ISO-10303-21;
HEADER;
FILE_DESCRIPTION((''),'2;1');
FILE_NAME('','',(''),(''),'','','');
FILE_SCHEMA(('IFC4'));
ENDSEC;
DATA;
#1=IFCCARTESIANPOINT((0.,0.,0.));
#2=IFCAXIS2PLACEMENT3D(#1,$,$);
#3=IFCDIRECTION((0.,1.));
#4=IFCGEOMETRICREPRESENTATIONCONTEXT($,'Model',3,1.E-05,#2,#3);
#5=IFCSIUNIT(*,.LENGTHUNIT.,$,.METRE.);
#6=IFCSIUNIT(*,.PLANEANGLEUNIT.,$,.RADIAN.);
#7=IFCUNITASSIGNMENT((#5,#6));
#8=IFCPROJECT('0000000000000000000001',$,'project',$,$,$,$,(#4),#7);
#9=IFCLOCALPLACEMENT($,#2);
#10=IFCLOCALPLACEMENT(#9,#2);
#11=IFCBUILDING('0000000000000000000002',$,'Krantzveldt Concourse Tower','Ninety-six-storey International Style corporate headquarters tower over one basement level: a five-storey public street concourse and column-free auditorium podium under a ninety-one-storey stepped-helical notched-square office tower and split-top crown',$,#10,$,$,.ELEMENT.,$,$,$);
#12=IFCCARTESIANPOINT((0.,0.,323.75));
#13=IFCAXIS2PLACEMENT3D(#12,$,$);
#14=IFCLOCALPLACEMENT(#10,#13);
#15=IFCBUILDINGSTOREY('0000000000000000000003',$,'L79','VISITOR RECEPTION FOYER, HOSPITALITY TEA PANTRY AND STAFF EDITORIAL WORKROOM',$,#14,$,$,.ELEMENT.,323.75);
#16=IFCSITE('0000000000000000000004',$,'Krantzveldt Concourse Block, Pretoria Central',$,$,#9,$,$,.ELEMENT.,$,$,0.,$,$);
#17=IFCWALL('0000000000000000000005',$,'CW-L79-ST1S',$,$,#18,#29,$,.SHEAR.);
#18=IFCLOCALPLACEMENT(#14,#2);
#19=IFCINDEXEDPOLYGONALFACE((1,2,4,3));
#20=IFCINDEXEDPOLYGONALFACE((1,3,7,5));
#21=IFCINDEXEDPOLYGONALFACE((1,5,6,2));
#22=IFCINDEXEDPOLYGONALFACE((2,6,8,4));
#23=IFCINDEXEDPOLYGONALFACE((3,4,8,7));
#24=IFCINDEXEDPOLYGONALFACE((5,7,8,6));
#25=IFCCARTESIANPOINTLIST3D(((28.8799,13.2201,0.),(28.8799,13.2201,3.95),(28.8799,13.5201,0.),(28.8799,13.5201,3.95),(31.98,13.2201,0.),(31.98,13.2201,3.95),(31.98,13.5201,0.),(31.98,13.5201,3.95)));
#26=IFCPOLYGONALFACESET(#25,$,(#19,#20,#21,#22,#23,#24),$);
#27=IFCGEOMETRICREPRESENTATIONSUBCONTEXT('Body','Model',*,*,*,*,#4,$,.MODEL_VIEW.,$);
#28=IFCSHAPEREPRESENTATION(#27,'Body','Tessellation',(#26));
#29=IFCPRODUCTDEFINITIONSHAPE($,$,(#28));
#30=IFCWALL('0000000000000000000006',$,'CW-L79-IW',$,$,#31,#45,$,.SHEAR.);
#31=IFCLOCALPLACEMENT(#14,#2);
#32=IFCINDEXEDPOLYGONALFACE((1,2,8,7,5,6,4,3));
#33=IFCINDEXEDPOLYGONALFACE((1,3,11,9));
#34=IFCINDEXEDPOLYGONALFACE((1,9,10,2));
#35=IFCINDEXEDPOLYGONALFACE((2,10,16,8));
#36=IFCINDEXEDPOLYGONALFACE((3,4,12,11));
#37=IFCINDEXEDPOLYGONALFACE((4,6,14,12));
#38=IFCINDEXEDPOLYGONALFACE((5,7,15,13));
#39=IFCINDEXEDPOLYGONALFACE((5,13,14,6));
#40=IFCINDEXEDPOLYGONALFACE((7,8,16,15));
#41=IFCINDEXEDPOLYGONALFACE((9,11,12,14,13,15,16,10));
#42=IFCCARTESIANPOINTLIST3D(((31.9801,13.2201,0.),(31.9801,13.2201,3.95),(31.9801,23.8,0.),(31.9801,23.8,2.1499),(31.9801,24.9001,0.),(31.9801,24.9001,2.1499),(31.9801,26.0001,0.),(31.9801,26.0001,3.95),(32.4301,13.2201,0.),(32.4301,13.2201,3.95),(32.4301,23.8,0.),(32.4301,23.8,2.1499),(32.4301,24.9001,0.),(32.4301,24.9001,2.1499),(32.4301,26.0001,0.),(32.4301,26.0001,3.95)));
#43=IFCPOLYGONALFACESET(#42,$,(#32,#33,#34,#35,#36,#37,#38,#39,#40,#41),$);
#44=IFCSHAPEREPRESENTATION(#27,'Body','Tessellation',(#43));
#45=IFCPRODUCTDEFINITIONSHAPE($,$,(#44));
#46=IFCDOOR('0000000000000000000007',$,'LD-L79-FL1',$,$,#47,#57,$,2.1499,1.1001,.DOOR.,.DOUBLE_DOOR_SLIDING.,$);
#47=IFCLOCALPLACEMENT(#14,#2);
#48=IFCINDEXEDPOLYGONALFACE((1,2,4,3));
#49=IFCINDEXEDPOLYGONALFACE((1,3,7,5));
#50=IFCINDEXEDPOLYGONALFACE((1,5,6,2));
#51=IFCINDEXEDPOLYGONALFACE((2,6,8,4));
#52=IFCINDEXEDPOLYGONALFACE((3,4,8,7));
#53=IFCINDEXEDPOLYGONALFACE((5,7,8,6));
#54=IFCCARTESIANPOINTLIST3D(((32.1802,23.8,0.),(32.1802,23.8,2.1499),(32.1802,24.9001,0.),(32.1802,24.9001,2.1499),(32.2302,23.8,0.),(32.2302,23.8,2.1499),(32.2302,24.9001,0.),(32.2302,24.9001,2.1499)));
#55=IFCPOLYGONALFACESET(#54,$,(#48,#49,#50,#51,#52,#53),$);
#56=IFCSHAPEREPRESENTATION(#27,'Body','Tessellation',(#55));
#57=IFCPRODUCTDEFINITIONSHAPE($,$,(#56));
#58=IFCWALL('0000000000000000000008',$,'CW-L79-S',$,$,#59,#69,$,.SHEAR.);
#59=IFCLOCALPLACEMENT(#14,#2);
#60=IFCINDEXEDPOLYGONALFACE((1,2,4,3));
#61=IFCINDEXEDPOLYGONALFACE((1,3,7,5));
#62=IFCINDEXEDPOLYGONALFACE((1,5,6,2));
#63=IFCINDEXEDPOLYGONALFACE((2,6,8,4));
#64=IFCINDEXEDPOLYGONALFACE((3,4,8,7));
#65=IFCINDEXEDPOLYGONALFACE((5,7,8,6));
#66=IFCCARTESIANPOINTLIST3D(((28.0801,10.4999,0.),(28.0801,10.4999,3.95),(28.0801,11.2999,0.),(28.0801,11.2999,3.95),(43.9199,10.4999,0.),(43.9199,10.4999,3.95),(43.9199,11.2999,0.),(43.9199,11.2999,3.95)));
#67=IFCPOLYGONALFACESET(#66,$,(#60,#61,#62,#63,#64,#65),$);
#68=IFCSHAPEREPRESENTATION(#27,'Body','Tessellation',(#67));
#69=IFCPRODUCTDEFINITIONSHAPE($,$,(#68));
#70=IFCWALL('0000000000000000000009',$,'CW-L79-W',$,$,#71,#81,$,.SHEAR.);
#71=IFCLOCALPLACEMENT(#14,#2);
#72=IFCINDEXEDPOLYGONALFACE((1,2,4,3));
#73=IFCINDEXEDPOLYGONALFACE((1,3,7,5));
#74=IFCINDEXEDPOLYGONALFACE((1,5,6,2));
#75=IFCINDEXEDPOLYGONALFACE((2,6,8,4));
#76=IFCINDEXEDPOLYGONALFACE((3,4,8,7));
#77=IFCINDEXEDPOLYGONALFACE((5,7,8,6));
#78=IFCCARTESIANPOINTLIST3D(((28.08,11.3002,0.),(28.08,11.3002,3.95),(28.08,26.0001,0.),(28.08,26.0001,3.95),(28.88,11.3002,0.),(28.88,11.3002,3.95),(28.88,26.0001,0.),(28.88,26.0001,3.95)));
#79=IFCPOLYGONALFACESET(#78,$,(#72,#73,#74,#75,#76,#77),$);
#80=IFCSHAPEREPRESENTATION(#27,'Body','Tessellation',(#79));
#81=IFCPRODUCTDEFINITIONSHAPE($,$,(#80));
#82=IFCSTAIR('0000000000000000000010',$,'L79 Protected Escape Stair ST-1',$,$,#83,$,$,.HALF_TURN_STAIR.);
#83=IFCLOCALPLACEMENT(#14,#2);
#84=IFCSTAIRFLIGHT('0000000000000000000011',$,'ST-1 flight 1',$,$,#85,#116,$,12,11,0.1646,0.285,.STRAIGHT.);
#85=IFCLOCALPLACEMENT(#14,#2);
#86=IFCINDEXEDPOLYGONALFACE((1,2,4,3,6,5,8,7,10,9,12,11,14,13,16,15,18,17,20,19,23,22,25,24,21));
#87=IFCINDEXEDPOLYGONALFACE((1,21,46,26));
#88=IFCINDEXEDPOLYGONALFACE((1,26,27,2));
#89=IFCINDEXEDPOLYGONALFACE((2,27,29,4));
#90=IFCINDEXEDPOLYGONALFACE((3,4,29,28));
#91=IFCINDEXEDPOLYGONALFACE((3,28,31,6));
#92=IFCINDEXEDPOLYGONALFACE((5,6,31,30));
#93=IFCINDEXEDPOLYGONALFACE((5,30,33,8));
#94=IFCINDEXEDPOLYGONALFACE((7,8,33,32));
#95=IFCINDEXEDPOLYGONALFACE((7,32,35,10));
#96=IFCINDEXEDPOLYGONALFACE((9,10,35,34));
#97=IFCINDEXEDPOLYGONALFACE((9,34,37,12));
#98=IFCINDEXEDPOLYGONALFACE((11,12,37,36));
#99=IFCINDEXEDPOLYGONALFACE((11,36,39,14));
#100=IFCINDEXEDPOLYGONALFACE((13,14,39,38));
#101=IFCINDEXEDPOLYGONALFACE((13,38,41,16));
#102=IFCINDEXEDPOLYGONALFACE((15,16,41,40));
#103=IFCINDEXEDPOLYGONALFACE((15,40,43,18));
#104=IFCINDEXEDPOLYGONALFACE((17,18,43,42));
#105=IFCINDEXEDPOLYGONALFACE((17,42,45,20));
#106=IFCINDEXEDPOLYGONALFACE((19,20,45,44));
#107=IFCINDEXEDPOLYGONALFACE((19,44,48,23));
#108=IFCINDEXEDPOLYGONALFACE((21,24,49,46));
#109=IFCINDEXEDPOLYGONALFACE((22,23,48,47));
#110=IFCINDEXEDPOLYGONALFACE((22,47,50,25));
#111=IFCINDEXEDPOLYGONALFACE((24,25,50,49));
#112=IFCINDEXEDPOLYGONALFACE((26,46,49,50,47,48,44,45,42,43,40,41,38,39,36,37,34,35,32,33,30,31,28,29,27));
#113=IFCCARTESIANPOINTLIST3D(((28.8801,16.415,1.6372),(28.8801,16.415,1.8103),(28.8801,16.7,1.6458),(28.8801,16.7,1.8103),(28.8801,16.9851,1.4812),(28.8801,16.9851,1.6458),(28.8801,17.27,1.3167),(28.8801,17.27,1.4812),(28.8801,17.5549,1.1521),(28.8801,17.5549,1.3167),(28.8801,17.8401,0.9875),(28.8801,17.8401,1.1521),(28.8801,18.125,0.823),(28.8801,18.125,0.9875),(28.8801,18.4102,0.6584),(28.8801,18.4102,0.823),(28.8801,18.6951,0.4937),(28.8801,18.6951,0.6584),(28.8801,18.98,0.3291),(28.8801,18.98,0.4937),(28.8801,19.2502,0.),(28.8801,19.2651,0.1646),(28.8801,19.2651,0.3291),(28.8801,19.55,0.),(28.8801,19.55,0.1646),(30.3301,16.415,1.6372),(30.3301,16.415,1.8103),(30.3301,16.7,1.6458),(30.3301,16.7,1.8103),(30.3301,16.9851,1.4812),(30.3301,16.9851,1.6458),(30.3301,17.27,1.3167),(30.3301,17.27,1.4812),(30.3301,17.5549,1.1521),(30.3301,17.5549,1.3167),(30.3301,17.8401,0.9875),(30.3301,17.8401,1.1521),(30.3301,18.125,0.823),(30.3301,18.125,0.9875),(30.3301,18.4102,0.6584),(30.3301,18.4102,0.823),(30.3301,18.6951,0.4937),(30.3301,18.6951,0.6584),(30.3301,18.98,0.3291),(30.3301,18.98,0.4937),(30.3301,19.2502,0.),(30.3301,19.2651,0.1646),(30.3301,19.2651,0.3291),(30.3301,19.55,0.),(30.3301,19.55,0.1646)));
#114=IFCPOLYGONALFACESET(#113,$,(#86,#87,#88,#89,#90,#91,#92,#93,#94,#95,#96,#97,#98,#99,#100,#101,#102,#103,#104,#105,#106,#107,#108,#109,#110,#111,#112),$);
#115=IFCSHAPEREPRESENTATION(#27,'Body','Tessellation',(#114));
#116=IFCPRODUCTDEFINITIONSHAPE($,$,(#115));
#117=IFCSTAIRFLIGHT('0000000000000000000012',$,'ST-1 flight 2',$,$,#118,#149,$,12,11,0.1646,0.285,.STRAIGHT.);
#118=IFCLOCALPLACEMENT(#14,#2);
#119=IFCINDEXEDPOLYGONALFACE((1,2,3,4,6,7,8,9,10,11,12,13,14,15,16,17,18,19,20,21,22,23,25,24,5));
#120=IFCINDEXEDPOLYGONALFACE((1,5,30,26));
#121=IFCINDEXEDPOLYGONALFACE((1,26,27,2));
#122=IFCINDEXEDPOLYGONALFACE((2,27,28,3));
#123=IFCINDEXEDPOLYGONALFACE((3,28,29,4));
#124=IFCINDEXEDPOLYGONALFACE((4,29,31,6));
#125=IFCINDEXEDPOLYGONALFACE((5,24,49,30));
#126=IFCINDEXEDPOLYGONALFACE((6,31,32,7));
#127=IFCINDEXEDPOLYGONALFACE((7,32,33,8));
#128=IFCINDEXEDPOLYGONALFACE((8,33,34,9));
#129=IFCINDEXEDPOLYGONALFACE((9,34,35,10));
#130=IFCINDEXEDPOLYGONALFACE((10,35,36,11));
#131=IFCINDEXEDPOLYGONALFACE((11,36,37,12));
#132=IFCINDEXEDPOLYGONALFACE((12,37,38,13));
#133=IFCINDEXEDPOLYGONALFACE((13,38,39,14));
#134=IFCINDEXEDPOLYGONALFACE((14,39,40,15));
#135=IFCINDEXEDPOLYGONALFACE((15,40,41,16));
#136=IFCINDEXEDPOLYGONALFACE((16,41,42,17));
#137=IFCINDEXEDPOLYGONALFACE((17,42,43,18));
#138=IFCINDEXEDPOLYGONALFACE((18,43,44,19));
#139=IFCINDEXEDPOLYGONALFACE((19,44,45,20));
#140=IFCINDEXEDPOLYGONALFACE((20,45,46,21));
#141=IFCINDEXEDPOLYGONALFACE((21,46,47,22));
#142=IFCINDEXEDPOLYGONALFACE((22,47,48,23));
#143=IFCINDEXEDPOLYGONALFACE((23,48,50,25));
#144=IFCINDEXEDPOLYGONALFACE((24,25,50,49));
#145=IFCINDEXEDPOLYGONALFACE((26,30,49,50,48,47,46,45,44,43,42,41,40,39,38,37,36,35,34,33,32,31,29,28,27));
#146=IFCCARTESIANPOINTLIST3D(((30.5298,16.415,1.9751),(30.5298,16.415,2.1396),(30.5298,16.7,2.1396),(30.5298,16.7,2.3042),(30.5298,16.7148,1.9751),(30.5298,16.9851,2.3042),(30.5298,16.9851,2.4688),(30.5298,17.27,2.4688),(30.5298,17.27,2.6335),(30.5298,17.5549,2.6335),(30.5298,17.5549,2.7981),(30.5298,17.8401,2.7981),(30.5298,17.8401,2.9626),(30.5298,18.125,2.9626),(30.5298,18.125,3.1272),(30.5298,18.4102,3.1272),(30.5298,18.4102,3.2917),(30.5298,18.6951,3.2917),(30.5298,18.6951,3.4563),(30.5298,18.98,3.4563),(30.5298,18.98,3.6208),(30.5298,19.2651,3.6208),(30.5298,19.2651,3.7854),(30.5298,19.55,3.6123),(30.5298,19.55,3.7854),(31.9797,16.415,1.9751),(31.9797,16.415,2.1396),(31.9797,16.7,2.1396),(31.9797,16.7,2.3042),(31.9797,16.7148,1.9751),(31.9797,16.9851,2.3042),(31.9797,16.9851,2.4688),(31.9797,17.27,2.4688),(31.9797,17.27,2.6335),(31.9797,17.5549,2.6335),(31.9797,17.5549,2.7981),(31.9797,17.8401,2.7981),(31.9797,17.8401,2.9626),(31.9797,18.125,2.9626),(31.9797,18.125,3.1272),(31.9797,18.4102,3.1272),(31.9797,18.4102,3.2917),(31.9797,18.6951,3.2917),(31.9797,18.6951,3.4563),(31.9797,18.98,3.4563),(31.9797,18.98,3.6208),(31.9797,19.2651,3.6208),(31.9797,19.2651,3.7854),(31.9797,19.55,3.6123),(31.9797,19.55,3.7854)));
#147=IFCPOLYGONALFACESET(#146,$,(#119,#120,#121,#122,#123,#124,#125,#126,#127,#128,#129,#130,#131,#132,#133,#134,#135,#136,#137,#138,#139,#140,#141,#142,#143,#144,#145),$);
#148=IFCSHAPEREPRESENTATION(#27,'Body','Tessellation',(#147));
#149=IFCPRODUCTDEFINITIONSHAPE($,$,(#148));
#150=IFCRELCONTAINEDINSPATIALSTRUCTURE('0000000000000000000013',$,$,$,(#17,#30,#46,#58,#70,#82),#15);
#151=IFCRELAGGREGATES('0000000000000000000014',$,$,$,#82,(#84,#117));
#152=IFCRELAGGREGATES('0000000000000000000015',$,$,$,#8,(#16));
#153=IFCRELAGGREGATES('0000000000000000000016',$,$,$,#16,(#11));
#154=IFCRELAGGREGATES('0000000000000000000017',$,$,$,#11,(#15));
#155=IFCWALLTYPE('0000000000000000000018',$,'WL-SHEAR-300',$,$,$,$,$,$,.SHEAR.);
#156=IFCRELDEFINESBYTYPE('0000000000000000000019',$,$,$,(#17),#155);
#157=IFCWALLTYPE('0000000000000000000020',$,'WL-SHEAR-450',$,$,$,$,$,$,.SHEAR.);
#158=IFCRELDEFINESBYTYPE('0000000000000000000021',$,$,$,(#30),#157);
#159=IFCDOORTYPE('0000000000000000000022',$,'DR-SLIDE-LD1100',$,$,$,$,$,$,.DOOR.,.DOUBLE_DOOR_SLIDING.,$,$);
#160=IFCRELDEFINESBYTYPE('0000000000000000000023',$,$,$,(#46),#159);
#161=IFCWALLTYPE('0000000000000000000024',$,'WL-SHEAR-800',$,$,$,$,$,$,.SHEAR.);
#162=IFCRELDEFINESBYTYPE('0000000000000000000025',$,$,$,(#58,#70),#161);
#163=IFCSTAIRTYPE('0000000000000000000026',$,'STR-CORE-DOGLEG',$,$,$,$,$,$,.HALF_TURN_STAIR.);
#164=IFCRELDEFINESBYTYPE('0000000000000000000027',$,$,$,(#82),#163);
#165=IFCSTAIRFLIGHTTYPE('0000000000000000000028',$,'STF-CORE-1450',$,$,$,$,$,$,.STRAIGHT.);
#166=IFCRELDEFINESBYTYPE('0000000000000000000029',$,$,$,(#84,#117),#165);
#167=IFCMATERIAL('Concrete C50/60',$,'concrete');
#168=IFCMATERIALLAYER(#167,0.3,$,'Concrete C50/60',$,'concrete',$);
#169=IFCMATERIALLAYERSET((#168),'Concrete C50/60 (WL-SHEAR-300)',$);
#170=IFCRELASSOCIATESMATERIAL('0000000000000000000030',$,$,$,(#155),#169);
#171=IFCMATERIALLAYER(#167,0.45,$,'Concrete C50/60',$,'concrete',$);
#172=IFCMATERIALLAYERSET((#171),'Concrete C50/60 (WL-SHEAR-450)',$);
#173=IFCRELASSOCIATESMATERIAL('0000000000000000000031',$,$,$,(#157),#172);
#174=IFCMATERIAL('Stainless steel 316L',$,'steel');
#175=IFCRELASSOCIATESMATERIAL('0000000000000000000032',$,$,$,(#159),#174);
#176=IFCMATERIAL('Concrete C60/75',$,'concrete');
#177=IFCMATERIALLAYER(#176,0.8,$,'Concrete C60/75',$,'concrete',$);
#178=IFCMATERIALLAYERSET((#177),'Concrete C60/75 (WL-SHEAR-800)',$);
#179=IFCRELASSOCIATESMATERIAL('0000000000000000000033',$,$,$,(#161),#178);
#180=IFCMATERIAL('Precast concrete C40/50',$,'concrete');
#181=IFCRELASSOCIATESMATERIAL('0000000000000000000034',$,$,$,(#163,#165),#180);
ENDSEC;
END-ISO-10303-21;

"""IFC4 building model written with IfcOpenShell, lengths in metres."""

from ifc_helpers import new_model, si_unit, direction, frame, frame_2d, origin, place, context, subcontext, project, spatial, polyline, rectangle, outline, extrude, material, layer, layer_set, type_object, element, fill, aggregate, save


model = new_model("IFC4")

# Units and contexts
model_context = context("Model", 3, precision=1e-05, world=origin(), true_north=direction((0.0, 1.0)))
body_context = subcontext(model_context, "Body", "Model", "MODEL_VIEW")
ifc_project = project(units=[si_unit("LENGTHUNIT", "METRE"), si_unit("PLANEANGLEUNIT", "RADIAN")], contexts=[model_context])

# Site, building, storey
site_placement = place(None, origin())
site = spatial("IfcSite", under=ifc_project, at=site_placement, Name="Krantzveldt Concourse Block, Pretoria Central", CompositionType="ELEMENT", RefElevation=0.0)
building_placement = place(site_placement, origin())
building = spatial("IfcBuilding", under=site, at=building_placement, Name="Krantzveldt Concourse Tower", Description="Ninety-six-storey International Style corporate headquarters tower over one basement level: a five-storey public street concourse and column-free auditorium podium under a ninety-one-storey stepped-helical notched-square office tower and split-top crown", CompositionType="ELEMENT")
storey_placement = place(building_placement, frame((0.0, 0.0, 323.75)))
storey = spatial("IfcBuildingStorey", under=building, at=storey_placement, Name="L79", Description="VISITOR RECEPTION FOYER, HOSPITALITY TEA PANTRY AND STAFF EDITORIAL WORKROOM", CompositionType="ELEMENT", Elevation=323.75)

# Shared definitions
ifc_material_1 = material(Name="Concrete C50/60", Category="concrete")

# Wall
ifc_layer_1 = layer(ifc_material_1, 0.3, Name="Concrete C50/60", Category="concrete")
ifc_layer_set_1 = layer_set([ifc_layer_1], Name="Concrete C50/60 (WL-SHEAR-300)")
wall_type_1 = type_object("IfcWallType", Name="WL-SHEAR-300", PredefinedType="SHEAR", material=ifc_layer_set_1)
wall_1_placement = place(storey_placement, frame((28.8799, 13.3701, 0.0), z_axis=(0.0, 0.0, 1.0), x_axis=(1.0, 0.0, 0.0)))
element("IfcWall", 1, at=wall_1_placement, inside=storey, type_object=wall_type_1, Name="CW-L79-ST1S", PredefinedType="SHEAR", context=body_context, shape_type="SweptSolid", body=[
    extrude(rectangle(XDim=3.1001, YDim=0.3, at=frame_2d((1.55, 0.0))), origin(), (0.0, 0.0, 1.0), 3.95),
])

# Wall, opening, door
ifc_layer_2 = layer(ifc_material_1, 0.45, Name="Concrete C50/60", Category="concrete")
ifc_layer_set_2 = layer_set([ifc_layer_2], Name="Concrete C50/60 (WL-SHEAR-450)")
wall_type_2 = type_object("IfcWallType", Name="WL-SHEAR-450", PredefinedType="SHEAR", material=ifc_layer_set_2)
wall_2_placement = place(storey_placement, frame((32.2051, 13.22, 0.0), z_axis=(0.0, 0.0, 1.0), x_axis=(0.0, 1.0, 0.0)))
wall_2 = element("IfcWall", 2, at=wall_2_placement, inside=storey, type_object=wall_type_2, Name="CW-L79-IW", PredefinedType="SHEAR", context=body_context, shape_type="SweptSolid", body=[
    extrude(rectangle(XDim=12.78, YDim=0.45, at=frame_2d((6.3901, 0.0))), origin(), (0.0, 0.0, 1.0), 3.95),
])
opening_1_placement = place(wall_2_placement, frame((10.5801, 0.0, 0.0)))
opening_1 = element("IfcOpeningElement", 3, at=opening_1_placement, cuts=wall_2, PredefinedType="OPENING", context=body_context, shape_type="SweptSolid", body=[
    extrude(rectangle(XDim=1.1001, YDim=2.1499, at=frame_2d((0.55, 1.075))), frame((0.0, 0.2349, 0.0), z_axis=(0.0, -1.0, 0.0), x_axis=(1.0, 0.0, 0.0)), (0.0, 0.0, 1.0), 0.47),
])
ifc_material_2 = material(Name="Stainless steel 316L", Category="steel")
door_type_1 = type_object("IfcDoorType", Name="DR-SLIDE-LD1100", OperationType="DOUBLE_DOOR_SLIDING", PredefinedType="DOOR", material=ifc_material_2)
door_1_placement = place(opening_1_placement, origin())
door_1 = element("IfcDoor", 4, at=door_1_placement, inside=storey, type_object=door_type_1, Name="LD-L79-FL1", OperationType="DOUBLE_DOOR_SLIDING", OverallHeight=2.1499, OverallWidth=1.1001, PredefinedType="DOOR", context=body_context, shape_type="SweptSolid", body=[
    extrude(rectangle(XDim=1.1001, YDim=2.1499, at=frame_2d((0.55, 1.075))), frame((0.0, 0.0249, 0.0), z_axis=(0.0, -1.0, 0.0), x_axis=(1.0, 0.0, 0.0)), (0.0, 0.0, 1.0), 0.05),
])
fill(opening_1, door_1)

# Walls
ifc_material_3 = material(Name="Concrete C60/75", Category="concrete")
ifc_layer_3 = layer(ifc_material_3, 0.8, Name="Concrete C60/75", Category="concrete")
ifc_layer_set_3 = layer_set([ifc_layer_3], Name="Concrete C60/75 (WL-SHEAR-800)")
wall_type_3 = type_object("IfcWallType", Name="WL-SHEAR-800", PredefinedType="SHEAR", material=ifc_layer_set_3)
wall_3_placement = place(storey_placement, frame((28.0801, 10.8999, 0.0), z_axis=(0.0, 0.0, 1.0), x_axis=(1.0, 0.0, 0.0)))
element("IfcWall", 5, at=wall_3_placement, inside=storey, type_object=wall_type_3, Name="CW-L79-S", PredefinedType="SHEAR", context=body_context, shape_type="SweptSolid", body=[
    extrude(rectangle(XDim=15.8398, YDim=0.8, at=frame_2d((7.9199, 0.0))), origin(), (0.0, 0.0, 1.0), 3.95),
])
wall_4_placement = place(storey_placement, frame((28.48, 11.3, 0.0), z_axis=(0.0, 0.0, 1.0), x_axis=(0.0, 1.0, 0.0)))
element("IfcWall", 6, at=wall_4_placement, inside=storey, type_object=wall_type_3, Name="CW-L79-W", PredefinedType="SHEAR", context=body_context, shape_type="SweptSolid", body=[
    extrude(rectangle(XDim=14.7, YDim=0.8, at=frame_2d((7.3501, 0.0))), origin(), (0.0, 0.0, 1.0), 3.95),
])

# Stair, stair flights
ifc_material_4 = material(Name="Precast concrete C40/50", Category="concrete")
stair_type = type_object("IfcStairType", Name="STR-CORE-DOGLEG", PredefinedType="HALF_TURN_STAIR", material=ifc_material_4)
stair_placement = place(storey_placement, origin())
stair = element("IfcStair", 7, at=stair_placement, inside=storey, type_object=stair_type, Name="L79 Protected Escape Stair ST-1", PredefinedType="HALF_TURN_STAIR")
stair_flight_type = type_object("IfcStairFlightType", Name="STF-CORE-1450", PredefinedType="STRAIGHT", material=ifc_material_4)
stair_flight_1_placement = place(storey_placement, frame((29.605, 19.55, 0.0), z_axis=(0.0, 0.0, 1.0), x_axis=(0.0, -1.0, 0.0)))
stair_flight_1 = element("IfcStairFlight", 8, at=stair_flight_1_placement, type_object=stair_flight_type, Name="ST-1 flight 1", NumberOfRisers=12, NumberOfTreads=11, PredefinedType="STRAIGHT", RiserHeight=0.1646, TreadLength=0.285, context=body_context, shape_type="SweptSolid", body=[
    extrude(outline(polyline([(0.0, 0.0), (0.0, 0.1646), (0.2849, 0.1646), (0.2849, 0.3291), (0.5701, 0.3291), (0.5701, 0.4937), (0.855, 0.4937), (0.855, 0.6584), (1.1399, 0.6584), (1.1399, 0.823), (1.425, 0.823), (1.425, 0.9875), (1.71, 0.9875), (1.71, 1.1521), (1.9951, 1.1521), (1.9951, 1.3167), (2.28, 1.3167), (2.28, 1.4812), (2.5649, 1.4812), (2.5649, 1.6458), (2.8501, 1.6458), (2.8501, 1.8103), (3.135, 1.8103), (3.135, 1.9751), (3.135, 1.6372), (0.2998, 0.0), (0.0, 0.0)])), frame((0.0, 0.7251, 0.0), z_axis=(0.0, -1.0, 0.0), x_axis=(1.0, 0.0, 0.0)), (0.0, 0.0, 1.0), 1.45),
])
stair_flight_2_placement = place(storey_placement, frame((31.2549, 16.415, 1.9751), z_axis=(0.0, 0.0, 1.0), x_axis=(0.0, 1.0, 0.0)))
stair_flight_2 = element("IfcStairFlight", 9, at=stair_flight_2_placement, type_object=stair_flight_type, Name="ST-1 flight 2", NumberOfRisers=12, NumberOfTreads=11, PredefinedType="STRAIGHT", RiserHeight=0.1646, TreadLength=0.285, context=body_context, shape_type="SweptSolid", body=[
    extrude(outline(polyline([(0.0, 0.0), (0.0, 0.1646), (0.2849, 0.1646), (0.2849, 0.3291), (0.5701, 0.3291), (0.5701, 0.4937), (0.855, 0.4937), (0.855, 0.6584), (1.1399, 0.6584), (1.1399, 0.823), (1.425, 0.823), (1.425, 0.9875), (1.71, 0.9875), (1.71, 1.1521), (1.9951, 1.1521), (1.9951, 1.3167), (2.28, 1.3167), (2.28, 1.4812), (2.5649, 1.4812), (2.5649, 1.6458), (2.8501, 1.6458), (2.8501, 1.8103), (3.135, 1.8103), (3.135, 1.9751), (3.135, 1.6372), (0.2998, 0.0), (0.0, 0.0)])), frame((0.0, 0.7251, 0.0), z_axis=(0.0, -1.0, 0.0), x_axis=(1.0, 0.0, 0.0)), (0.0, 0.0, 1.0), 1.45),
])
aggregate(stair, [stair_flight_1, stair_flight_2])

save(model, "model.ifc")
